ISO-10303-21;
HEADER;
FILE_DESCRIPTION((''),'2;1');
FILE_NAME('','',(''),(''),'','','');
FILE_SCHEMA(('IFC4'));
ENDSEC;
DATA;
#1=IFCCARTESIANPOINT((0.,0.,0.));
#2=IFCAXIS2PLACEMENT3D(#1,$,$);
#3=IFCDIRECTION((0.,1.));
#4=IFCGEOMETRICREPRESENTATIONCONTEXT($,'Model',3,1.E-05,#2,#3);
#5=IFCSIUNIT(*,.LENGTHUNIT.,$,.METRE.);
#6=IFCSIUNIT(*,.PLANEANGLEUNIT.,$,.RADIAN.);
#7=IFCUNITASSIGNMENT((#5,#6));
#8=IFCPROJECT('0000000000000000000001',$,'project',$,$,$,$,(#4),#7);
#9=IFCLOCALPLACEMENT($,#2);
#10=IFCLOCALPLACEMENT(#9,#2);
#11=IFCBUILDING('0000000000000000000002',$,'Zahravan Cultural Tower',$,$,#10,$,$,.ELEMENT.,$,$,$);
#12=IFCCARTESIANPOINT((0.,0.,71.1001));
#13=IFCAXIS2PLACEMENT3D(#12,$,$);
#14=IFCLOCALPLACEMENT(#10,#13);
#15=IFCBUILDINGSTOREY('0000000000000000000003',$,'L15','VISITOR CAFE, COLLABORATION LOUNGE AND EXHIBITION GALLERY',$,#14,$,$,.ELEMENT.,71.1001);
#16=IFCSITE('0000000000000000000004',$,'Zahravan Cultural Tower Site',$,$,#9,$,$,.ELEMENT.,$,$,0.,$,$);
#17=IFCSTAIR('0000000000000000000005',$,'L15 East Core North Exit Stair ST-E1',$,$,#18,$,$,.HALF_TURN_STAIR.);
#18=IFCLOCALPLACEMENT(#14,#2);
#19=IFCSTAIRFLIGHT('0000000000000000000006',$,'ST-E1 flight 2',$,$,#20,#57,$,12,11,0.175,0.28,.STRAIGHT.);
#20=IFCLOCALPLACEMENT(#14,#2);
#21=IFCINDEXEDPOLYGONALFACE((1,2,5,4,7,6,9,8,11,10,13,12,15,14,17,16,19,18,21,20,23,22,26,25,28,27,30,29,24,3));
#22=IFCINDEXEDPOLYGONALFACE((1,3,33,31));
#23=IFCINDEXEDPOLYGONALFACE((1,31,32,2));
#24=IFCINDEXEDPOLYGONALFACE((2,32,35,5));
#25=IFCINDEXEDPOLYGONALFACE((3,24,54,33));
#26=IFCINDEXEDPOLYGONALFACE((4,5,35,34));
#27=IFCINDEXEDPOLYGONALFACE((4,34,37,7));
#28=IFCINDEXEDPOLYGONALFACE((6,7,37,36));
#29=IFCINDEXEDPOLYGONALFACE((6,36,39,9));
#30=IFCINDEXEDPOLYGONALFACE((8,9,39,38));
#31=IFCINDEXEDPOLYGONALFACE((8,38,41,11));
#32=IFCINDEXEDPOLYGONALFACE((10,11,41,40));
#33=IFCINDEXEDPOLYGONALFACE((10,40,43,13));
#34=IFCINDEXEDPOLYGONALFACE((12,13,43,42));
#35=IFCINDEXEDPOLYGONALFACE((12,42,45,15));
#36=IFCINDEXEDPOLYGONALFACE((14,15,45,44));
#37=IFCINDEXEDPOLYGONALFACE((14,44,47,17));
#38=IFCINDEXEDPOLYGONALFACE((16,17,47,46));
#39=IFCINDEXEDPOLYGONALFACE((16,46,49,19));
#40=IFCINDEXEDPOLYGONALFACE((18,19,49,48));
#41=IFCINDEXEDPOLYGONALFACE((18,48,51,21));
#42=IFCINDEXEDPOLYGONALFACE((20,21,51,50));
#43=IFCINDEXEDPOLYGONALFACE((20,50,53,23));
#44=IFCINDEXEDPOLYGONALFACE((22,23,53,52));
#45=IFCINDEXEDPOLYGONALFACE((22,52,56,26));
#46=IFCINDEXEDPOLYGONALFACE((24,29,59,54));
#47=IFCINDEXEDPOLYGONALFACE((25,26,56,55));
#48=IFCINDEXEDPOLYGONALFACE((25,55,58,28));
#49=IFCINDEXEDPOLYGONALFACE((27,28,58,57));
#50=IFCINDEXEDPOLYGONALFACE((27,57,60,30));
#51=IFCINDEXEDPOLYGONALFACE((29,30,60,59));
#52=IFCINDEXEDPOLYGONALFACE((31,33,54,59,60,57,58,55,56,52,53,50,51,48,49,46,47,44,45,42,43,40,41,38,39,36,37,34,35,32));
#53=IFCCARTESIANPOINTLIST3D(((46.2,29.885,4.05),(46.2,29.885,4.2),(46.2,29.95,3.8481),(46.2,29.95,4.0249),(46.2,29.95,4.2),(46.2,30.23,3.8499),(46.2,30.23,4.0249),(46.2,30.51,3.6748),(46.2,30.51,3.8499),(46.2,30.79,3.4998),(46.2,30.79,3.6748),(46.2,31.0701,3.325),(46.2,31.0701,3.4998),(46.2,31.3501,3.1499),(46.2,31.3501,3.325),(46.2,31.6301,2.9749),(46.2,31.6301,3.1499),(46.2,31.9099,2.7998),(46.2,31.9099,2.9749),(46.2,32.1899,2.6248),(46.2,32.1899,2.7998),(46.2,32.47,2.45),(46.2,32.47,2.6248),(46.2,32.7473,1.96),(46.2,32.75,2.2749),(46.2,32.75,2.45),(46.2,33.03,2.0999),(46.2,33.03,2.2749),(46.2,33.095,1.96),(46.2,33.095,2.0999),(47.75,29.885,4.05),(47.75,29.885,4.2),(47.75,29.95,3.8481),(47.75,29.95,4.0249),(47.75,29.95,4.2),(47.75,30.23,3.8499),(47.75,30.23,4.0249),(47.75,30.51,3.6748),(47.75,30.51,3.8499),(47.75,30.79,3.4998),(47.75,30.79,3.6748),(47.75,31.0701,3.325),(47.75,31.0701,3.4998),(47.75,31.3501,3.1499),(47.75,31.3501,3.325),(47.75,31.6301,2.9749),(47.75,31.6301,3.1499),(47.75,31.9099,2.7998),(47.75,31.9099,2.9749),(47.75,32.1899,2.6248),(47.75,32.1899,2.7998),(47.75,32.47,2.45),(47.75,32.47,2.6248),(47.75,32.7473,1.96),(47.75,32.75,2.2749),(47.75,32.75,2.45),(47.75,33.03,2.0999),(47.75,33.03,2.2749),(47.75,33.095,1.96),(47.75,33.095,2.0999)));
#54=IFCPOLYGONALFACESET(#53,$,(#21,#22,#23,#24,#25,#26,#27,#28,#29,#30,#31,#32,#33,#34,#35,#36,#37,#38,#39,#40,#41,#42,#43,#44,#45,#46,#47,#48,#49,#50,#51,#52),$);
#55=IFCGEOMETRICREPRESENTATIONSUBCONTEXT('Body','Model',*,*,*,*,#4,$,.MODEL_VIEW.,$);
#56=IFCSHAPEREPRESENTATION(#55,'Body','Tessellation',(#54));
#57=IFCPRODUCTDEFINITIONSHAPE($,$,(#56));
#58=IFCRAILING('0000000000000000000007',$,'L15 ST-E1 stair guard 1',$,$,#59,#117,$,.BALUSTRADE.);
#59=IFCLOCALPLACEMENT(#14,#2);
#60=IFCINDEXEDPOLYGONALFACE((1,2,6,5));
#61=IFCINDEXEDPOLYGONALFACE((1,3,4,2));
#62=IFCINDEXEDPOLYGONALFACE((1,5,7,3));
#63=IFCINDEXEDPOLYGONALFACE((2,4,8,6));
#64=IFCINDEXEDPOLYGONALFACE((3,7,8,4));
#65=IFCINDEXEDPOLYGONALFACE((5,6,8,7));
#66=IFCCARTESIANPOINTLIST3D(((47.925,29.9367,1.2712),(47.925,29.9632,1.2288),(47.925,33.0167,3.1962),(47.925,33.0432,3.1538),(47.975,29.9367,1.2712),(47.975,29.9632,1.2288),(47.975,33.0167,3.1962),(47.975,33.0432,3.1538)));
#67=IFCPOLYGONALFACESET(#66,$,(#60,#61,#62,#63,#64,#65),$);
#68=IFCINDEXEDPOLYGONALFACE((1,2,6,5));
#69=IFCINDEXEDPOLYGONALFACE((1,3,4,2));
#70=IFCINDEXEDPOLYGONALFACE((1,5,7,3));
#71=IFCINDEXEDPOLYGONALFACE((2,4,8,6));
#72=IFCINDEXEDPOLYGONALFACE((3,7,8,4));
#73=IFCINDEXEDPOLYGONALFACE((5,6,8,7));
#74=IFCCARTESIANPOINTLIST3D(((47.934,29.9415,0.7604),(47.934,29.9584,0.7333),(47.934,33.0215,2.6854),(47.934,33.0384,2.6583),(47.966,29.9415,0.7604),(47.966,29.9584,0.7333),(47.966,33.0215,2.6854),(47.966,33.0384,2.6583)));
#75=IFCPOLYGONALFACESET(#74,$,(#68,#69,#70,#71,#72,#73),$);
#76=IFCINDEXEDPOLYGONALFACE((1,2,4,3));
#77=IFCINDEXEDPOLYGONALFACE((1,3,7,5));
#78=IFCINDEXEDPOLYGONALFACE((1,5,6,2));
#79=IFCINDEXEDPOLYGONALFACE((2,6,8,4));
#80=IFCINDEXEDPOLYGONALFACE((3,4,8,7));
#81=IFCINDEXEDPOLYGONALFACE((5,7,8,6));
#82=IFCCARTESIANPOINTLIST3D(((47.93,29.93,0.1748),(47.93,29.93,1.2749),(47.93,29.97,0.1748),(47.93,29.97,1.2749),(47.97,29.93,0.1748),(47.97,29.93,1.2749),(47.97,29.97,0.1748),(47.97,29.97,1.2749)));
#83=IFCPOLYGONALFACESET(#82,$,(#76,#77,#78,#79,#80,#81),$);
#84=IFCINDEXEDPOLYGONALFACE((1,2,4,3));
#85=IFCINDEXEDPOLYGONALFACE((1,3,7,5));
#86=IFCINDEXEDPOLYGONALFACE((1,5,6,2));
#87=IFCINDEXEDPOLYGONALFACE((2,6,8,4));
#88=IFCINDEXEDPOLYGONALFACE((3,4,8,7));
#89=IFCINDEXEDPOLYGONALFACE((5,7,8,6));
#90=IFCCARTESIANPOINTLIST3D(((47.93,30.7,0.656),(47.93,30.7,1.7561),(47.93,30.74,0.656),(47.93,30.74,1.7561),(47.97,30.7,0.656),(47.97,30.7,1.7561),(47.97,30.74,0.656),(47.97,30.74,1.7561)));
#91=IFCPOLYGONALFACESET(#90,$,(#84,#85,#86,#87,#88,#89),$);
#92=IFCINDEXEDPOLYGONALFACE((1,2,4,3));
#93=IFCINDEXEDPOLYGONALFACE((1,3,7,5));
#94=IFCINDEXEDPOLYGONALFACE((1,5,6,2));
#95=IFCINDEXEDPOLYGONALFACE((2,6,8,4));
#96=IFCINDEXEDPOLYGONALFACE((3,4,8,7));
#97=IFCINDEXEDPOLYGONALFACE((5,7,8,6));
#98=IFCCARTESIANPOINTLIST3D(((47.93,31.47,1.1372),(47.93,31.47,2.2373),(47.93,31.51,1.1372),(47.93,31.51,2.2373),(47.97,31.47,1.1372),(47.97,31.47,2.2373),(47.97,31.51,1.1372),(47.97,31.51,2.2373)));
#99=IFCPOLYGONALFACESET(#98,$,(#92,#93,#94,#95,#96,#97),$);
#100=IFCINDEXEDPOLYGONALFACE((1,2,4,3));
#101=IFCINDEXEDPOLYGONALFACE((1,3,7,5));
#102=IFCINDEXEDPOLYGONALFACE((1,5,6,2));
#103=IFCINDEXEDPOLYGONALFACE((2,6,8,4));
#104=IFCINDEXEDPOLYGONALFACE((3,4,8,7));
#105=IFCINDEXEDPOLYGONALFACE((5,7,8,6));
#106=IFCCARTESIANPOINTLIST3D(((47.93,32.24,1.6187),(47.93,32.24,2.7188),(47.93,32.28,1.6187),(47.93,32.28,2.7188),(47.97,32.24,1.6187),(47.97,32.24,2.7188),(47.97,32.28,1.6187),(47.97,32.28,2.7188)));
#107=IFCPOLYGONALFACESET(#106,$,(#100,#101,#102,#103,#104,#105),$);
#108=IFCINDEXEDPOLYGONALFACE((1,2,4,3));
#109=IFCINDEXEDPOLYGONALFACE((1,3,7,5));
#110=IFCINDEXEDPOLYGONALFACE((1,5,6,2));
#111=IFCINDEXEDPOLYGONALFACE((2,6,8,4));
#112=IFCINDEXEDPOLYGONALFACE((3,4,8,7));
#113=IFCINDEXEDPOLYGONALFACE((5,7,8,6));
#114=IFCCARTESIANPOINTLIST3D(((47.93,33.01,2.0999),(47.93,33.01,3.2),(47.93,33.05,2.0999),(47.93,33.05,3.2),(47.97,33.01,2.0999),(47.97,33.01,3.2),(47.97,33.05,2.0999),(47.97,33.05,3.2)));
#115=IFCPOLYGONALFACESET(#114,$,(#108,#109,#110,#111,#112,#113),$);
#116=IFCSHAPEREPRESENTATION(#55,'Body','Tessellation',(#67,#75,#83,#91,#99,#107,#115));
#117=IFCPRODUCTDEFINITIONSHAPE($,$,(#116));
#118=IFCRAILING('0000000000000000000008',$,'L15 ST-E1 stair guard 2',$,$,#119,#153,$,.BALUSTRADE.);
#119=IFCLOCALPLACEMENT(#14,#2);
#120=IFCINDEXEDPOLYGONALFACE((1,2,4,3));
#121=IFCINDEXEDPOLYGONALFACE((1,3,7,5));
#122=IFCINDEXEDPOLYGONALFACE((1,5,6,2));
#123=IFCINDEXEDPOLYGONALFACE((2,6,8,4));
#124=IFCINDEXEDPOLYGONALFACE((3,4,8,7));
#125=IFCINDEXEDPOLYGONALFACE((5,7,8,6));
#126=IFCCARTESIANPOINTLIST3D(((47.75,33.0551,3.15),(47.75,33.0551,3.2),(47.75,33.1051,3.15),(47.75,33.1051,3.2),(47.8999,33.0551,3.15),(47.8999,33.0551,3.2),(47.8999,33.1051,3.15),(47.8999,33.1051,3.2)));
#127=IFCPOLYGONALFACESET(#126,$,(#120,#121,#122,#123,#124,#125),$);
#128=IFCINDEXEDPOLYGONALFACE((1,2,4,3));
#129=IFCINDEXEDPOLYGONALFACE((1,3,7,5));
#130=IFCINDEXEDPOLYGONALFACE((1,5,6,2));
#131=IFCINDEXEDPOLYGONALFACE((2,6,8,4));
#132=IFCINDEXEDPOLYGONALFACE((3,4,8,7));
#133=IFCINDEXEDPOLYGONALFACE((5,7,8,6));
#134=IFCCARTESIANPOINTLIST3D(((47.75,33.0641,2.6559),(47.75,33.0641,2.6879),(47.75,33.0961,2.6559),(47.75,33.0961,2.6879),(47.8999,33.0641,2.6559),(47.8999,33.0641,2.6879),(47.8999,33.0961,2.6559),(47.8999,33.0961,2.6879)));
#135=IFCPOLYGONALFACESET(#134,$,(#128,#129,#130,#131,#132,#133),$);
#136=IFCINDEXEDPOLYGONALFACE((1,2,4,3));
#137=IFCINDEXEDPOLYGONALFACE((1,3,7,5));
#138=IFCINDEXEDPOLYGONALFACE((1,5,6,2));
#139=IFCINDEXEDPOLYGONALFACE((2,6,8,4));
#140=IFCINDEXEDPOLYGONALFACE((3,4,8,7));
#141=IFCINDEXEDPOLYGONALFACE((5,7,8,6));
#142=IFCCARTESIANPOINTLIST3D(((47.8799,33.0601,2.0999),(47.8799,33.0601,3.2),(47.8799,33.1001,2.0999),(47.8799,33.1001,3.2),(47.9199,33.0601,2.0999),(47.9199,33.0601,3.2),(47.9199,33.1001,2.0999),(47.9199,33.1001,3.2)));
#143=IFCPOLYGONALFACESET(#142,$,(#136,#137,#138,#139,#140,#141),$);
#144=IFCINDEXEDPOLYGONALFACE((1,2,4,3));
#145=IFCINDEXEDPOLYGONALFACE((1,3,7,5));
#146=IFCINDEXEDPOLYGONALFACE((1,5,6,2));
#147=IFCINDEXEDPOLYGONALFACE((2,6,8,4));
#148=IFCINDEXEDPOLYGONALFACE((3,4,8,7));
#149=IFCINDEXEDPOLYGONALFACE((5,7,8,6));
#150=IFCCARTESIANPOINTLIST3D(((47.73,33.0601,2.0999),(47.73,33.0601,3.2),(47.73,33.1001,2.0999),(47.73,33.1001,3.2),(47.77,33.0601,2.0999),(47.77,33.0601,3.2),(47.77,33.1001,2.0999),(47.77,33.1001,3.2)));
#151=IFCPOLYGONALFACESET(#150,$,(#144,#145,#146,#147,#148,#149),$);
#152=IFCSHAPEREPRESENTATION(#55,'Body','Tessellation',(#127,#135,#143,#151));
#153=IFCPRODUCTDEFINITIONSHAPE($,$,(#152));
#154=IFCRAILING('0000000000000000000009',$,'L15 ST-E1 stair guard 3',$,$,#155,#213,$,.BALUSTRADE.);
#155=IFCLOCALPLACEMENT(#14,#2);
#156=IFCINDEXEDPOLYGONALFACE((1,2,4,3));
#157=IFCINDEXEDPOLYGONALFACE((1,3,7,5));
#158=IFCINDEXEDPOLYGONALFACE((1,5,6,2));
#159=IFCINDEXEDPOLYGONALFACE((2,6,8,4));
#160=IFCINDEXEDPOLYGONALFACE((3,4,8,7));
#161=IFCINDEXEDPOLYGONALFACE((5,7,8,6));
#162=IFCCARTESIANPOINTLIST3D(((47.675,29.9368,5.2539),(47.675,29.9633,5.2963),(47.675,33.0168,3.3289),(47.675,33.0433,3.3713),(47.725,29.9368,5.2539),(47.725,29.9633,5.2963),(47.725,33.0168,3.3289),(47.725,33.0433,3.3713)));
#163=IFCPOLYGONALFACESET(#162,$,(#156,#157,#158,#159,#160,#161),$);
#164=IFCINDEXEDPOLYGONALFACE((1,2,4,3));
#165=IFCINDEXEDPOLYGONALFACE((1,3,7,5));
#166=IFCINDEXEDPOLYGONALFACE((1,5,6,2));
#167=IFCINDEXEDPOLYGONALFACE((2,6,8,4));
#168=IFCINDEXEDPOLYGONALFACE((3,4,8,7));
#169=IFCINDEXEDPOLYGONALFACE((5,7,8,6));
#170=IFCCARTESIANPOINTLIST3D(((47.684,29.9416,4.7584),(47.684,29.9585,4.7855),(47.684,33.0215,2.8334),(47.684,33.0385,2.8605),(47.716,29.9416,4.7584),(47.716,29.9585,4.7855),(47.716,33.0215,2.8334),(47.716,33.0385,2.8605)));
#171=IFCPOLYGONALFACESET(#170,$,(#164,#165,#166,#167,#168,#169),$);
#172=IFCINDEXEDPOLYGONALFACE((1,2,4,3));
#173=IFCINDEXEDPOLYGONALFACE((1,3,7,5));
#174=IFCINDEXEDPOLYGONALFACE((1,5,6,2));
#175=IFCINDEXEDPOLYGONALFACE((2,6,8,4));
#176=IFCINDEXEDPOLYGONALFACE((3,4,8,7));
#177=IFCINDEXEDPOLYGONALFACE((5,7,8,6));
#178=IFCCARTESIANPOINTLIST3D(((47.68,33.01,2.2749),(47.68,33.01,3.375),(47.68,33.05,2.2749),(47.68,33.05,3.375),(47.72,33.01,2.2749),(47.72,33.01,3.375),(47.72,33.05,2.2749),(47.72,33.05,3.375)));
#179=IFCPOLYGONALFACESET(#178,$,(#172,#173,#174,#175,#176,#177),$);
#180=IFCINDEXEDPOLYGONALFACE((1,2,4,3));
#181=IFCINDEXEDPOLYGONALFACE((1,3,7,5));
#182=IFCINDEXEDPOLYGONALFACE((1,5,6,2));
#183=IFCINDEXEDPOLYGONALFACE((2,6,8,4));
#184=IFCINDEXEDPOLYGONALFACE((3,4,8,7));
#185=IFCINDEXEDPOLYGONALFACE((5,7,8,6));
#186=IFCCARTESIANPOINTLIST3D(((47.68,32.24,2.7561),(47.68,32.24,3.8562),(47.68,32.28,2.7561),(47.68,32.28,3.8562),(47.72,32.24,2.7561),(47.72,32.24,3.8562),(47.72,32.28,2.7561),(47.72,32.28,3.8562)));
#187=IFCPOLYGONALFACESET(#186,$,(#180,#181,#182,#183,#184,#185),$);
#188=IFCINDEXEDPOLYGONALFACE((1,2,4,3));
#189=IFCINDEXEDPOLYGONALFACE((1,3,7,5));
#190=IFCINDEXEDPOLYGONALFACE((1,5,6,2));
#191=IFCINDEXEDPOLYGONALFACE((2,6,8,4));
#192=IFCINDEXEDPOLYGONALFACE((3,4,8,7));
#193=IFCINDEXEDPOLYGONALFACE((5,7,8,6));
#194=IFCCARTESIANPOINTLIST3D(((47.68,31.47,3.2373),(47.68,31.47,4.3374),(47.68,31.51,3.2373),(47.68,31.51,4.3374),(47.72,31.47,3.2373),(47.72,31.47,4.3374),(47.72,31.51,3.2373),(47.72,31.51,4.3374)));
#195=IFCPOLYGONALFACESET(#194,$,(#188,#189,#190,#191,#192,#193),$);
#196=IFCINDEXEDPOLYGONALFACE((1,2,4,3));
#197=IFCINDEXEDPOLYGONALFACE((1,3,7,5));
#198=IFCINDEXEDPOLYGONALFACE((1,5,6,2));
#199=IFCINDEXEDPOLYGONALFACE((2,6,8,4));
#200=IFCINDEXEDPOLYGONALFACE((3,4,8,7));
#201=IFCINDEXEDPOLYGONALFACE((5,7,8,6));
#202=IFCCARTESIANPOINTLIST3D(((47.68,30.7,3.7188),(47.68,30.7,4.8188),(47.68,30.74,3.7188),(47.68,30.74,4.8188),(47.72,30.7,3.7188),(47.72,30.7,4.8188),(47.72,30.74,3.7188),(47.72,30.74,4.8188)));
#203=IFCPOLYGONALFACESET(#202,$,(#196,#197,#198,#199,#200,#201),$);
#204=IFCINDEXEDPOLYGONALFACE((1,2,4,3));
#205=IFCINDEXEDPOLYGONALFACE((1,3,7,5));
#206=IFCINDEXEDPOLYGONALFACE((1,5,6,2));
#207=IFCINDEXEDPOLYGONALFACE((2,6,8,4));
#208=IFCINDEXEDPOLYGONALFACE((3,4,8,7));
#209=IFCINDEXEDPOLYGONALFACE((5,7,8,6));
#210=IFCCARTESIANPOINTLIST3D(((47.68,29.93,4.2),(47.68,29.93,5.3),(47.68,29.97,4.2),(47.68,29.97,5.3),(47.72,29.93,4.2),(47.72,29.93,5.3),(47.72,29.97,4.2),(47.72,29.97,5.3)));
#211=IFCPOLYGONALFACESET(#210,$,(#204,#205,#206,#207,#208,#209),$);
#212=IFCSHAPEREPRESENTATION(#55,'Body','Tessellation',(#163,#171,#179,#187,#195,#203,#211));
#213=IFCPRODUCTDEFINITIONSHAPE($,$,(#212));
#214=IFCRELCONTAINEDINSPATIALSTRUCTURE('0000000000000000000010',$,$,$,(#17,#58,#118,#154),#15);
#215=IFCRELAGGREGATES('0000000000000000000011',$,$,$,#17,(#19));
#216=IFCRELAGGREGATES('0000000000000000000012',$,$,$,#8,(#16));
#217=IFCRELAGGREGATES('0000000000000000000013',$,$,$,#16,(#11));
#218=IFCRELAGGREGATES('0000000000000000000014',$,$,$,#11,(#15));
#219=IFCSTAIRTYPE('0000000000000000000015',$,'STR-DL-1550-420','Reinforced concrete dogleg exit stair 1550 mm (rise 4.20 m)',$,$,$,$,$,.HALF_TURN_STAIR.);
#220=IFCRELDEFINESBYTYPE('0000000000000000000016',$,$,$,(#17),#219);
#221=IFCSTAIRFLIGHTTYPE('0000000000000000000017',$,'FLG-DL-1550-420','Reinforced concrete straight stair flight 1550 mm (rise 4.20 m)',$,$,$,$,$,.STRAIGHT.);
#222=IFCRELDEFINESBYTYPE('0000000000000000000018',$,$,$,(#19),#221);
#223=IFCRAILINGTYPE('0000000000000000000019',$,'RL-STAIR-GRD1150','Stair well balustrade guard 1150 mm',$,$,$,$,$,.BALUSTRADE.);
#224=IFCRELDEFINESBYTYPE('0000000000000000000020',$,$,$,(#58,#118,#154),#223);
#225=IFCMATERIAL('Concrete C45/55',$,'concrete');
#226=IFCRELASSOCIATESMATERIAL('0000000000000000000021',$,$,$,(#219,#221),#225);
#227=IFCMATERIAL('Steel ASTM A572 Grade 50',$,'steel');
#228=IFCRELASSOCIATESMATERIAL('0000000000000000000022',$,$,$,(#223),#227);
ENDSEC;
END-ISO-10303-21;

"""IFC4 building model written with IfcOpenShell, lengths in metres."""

from ifc_helpers import new_model, si_unit, direction, frame, origin, origin_2d, place, context, subcontext, project, spatial, polyline, rectangle, outline, extrude, material, type_object, element, aggregate, save


model = new_model("IFC4")

# Units and contexts
model_context = context("Model", 3, precision=1e-05, world=origin(), true_north=direction((0.0, 1.0)))
body_context = subcontext(model_context, "Body", "Model", "MODEL_VIEW")
ifc_project = project(units=[si_unit("LENGTHUNIT", "METRE"), si_unit("PLANEANGLEUNIT", "RADIAN")], contexts=[model_context])

# Site, building, storey
site_placement = place(None, origin())
site = spatial("IfcSite", under=ifc_project, at=site_placement, Name="Zahravan Cultural Tower Site", CompositionType="ELEMENT", RefElevation=0.0)
building_placement = place(site_placement, origin())
building = spatial("IfcBuilding", under=site, at=building_placement, Name="Zahravan Cultural Tower", CompositionType="ELEMENT")
storey_placement = place(building_placement, frame((0.0, 0.0, 71.1001)))
storey = spatial("IfcBuildingStorey", under=building, at=storey_placement, Name="L15", Description="VISITOR CAFE, COLLABORATION LOUNGE AND EXHIBITION GALLERY", CompositionType="ELEMENT", Elevation=71.1001)

# Shared definitions
ifc_material_1 = material(Name="Steel ASTM A572 Grade 50", Category="steel")
ifc_material_2 = material(Name="Concrete C45/55", Category="concrete")

# Stair, stair flight
stair_type = type_object("IfcStairType", Name="STR-DL-1550-420", Description="Reinforced concrete dogleg exit stair 1550 mm (rise 4.20 m)", PredefinedType="HALF_TURN_STAIR", material=ifc_material_2)
stair_placement = place(storey_placement, origin())
stair = element("IfcStair", 1, at=stair_placement, inside=storey, type_object=stair_type, Name="L15 East Core North Exit Stair ST-E1", PredefinedType="HALF_TURN_STAIR")
stair_flight_type = type_object("IfcStairFlightType", Name="FLG-DL-1550-420", Description="Reinforced concrete straight stair flight 1550 mm (rise 4.20 m)", PredefinedType="STRAIGHT", material=ifc_material_2)
stair_flight_1_placement = place(storey_placement, frame((46.9751, 33.03, 2.0999), z_axis=(0.0, 0.0, 1.0), x_axis=(0.0, -1.0, 0.0)))
stair_flight_1 = element("IfcStairFlight", 2, at=stair_flight_1_placement, type_object=stair_flight_type, Name="ST-E1 flight 2", NumberOfRisers=12, NumberOfTreads=11, PredefinedType="STRAIGHT", RiserHeight=0.175, TreadLength=0.28, context=body_context, shape_type="SweptSolid", body=[
    extrude(outline(polyline([(-0.0649, -0.1399), (-0.0649, 0.0), (0.0, 0.0), (0.0, 0.175), (0.28, 0.175), (0.28, 0.3501), (0.5601, 0.3501), (0.5601, 0.5249), (0.8401, 0.5249), (0.8401, 0.7), (1.1201, 0.7), (1.1201, 0.875), (1.3999, 0.875), (1.3999, 1.05), (1.6799, 1.05), (1.6799, 1.2251), (1.96, 1.2251), (1.96, 1.3999), (2.24, 1.3999), (2.24, 1.575), (2.52, 1.575), (2.52, 1.75), (2.8, 1.75), (2.8, 1.925), (3.0801, 1.925), (3.0801, 2.1001), (3.145, 2.1001), (3.145, 1.9502), (3.0801, 1.7483), (0.2827, -0.1399), (-0.0649, -0.1399)])), frame((0.0, 0.7749, 0.0), z_axis=(0.0, -1.0, 0.0), x_axis=(1.0, 0.0, 0.0)), (0.0, 0.0, 1.0), 1.55),
])
aggregate(stair, [stair_flight_1])

# Railings
railing_type_1 = type_object("IfcRailingType", Name="RL-STAIR-GRD1150", Description="Stair well balustrade guard 1150 mm", PredefinedType="BALUSTRADE", material=ifc_material_1)
railing_1_placement = place(storey_placement, frame((47.95, 29.95, 0.1748)))
element("IfcRailing", 3, at=railing_1_placement, inside=storey, type_object=railing_type_1, Name="L15 ST-E1 stair guard 1", PredefinedType="BALUSTRADE", context=body_context, shape_type="SweptSolid", body=[
    extrude(rectangle(XDim=0.05, YDim=0.05, at=origin_2d()), frame((0.0, 0.0, 1.0752), z_axis=(0.0, 0.847998, 0.529999), x_axis=(-1.0, 0.0, 0.0)), (0.0, 0.0, 1.0), 3.6321),
    extrude(rectangle(XDim=0.032, YDim=0.032, at=origin_2d()), frame((0.0, 0.0, 0.572), z_axis=(0.0, 0.847998, 0.529999), x_axis=(-1.0, 0.0, 0.0)), (0.0, 0.0, 1.0), 3.6321),
    extrude(rectangle(XDim=0.04, YDim=0.04, at=origin_2d()), origin(), (0.0, 0.0, 1.0), 1.1001),
    extrude(rectangle(XDim=0.04, YDim=0.04, at=origin_2d()), frame((0.0, 0.77, 0.4812)), (0.0, 0.0, 1.0), 1.1001),
    extrude(rectangle(XDim=0.04, YDim=0.04, at=origin_2d()), frame((0.0, 1.54, 0.9624)), (0.0, 0.0, 1.0), 1.1001),
    extrude(rectangle(XDim=0.04, YDim=0.04, at=origin_2d()), frame((0.0, 2.3101, 1.4438)), (0.0, 0.0, 1.0), 1.1001),
    extrude(rectangle(XDim=0.04, YDim=0.04, at=origin_2d()), frame((0.0, 3.0801, 1.925)), (0.0, 0.0, 1.0), 1.1001),
])
railing_2_placement = place(storey_placement, frame((47.8999, 33.0801, 2.0999)))
element("IfcRailing", 4, at=railing_2_placement, inside=storey, type_object=railing_type_1, Name="L15 ST-E1 stair guard 2", PredefinedType="BALUSTRADE", context=body_context, shape_type="SweptSolid", body=[
    extrude(rectangle(XDim=0.05, YDim=0.05, at=origin_2d()), frame((0.0, 0.0, 1.0752), z_axis=(-1.0, 0.0, 0.0), x_axis=(0.0, -1.0, 0.0)), (0.0, 0.0, 1.0), 0.1499),
    extrude(rectangle(XDim=0.032, YDim=0.032, at=origin_2d()), frame((0.0, 0.0, 0.572), z_axis=(-1.0, 0.0, 0.0), x_axis=(0.0, -1.0, 0.0)), (0.0, 0.0, 1.0), 0.1499),
    extrude(rectangle(XDim=0.04, YDim=0.04, at=origin_2d()), origin(), (0.0, 0.0, 1.0), 1.1001),
    extrude(rectangle(XDim=0.04, YDim=0.04, at=origin_2d()), frame((-0.1499, 0.0, 0.0)), (0.0, 0.0, 1.0), 1.1001),
])
railing_3_placement = place(storey_placement, frame((47.7, 33.03, 2.2749)))
element("IfcRailing", 5, at=railing_3_placement, inside=storey, type_object=railing_type_1, Name="L15 ST-E1 stair guard 3", PredefinedType="BALUSTRADE", context=body_context, shape_type="SweptSolid", body=[
    extrude(rectangle(XDim=0.05, YDim=0.05, at=origin_2d()), frame((0.0, 0.0, 1.0752), z_axis=(0.0, -0.847998, 0.529999), x_axis=(1.0, 0.0, 0.0)), (0.0, 0.0, 1.0), 3.6321),
    extrude(rectangle(XDim=0.032, YDim=0.032, at=origin_2d()), frame((0.0, 0.0, 0.572), z_axis=(0.0, -0.847998, 0.529999), x_axis=(1.0, 0.0, 0.0)), (0.0, 0.0, 1.0), 3.6321),
    extrude(rectangle(XDim=0.04, YDim=0.04, at=origin_2d()), origin(), (0.0, 0.0, 1.0), 1.1001),
    extrude(rectangle(XDim=0.04, YDim=0.04, at=origin_2d()), frame((0.0, -0.77, 0.4812)), (0.0, 0.0, 1.0), 1.1001),
    extrude(rectangle(XDim=0.04, YDim=0.04, at=origin_2d()), frame((0.0, -1.54, 0.9624)), (0.0, 0.0, 1.0), 1.1001),
    extrude(rectangle(XDim=0.04, YDim=0.04, at=origin_2d()), frame((0.0, -2.3101, 1.4438)), (0.0, 0.0, 1.0), 1.1001),
    extrude(rectangle(XDim=0.04, YDim=0.04, at=origin_2d()), frame((0.0, -3.0801, 1.925)), (0.0, 0.0, 1.0), 1.1001),
])

save(model, "model.ifc")
